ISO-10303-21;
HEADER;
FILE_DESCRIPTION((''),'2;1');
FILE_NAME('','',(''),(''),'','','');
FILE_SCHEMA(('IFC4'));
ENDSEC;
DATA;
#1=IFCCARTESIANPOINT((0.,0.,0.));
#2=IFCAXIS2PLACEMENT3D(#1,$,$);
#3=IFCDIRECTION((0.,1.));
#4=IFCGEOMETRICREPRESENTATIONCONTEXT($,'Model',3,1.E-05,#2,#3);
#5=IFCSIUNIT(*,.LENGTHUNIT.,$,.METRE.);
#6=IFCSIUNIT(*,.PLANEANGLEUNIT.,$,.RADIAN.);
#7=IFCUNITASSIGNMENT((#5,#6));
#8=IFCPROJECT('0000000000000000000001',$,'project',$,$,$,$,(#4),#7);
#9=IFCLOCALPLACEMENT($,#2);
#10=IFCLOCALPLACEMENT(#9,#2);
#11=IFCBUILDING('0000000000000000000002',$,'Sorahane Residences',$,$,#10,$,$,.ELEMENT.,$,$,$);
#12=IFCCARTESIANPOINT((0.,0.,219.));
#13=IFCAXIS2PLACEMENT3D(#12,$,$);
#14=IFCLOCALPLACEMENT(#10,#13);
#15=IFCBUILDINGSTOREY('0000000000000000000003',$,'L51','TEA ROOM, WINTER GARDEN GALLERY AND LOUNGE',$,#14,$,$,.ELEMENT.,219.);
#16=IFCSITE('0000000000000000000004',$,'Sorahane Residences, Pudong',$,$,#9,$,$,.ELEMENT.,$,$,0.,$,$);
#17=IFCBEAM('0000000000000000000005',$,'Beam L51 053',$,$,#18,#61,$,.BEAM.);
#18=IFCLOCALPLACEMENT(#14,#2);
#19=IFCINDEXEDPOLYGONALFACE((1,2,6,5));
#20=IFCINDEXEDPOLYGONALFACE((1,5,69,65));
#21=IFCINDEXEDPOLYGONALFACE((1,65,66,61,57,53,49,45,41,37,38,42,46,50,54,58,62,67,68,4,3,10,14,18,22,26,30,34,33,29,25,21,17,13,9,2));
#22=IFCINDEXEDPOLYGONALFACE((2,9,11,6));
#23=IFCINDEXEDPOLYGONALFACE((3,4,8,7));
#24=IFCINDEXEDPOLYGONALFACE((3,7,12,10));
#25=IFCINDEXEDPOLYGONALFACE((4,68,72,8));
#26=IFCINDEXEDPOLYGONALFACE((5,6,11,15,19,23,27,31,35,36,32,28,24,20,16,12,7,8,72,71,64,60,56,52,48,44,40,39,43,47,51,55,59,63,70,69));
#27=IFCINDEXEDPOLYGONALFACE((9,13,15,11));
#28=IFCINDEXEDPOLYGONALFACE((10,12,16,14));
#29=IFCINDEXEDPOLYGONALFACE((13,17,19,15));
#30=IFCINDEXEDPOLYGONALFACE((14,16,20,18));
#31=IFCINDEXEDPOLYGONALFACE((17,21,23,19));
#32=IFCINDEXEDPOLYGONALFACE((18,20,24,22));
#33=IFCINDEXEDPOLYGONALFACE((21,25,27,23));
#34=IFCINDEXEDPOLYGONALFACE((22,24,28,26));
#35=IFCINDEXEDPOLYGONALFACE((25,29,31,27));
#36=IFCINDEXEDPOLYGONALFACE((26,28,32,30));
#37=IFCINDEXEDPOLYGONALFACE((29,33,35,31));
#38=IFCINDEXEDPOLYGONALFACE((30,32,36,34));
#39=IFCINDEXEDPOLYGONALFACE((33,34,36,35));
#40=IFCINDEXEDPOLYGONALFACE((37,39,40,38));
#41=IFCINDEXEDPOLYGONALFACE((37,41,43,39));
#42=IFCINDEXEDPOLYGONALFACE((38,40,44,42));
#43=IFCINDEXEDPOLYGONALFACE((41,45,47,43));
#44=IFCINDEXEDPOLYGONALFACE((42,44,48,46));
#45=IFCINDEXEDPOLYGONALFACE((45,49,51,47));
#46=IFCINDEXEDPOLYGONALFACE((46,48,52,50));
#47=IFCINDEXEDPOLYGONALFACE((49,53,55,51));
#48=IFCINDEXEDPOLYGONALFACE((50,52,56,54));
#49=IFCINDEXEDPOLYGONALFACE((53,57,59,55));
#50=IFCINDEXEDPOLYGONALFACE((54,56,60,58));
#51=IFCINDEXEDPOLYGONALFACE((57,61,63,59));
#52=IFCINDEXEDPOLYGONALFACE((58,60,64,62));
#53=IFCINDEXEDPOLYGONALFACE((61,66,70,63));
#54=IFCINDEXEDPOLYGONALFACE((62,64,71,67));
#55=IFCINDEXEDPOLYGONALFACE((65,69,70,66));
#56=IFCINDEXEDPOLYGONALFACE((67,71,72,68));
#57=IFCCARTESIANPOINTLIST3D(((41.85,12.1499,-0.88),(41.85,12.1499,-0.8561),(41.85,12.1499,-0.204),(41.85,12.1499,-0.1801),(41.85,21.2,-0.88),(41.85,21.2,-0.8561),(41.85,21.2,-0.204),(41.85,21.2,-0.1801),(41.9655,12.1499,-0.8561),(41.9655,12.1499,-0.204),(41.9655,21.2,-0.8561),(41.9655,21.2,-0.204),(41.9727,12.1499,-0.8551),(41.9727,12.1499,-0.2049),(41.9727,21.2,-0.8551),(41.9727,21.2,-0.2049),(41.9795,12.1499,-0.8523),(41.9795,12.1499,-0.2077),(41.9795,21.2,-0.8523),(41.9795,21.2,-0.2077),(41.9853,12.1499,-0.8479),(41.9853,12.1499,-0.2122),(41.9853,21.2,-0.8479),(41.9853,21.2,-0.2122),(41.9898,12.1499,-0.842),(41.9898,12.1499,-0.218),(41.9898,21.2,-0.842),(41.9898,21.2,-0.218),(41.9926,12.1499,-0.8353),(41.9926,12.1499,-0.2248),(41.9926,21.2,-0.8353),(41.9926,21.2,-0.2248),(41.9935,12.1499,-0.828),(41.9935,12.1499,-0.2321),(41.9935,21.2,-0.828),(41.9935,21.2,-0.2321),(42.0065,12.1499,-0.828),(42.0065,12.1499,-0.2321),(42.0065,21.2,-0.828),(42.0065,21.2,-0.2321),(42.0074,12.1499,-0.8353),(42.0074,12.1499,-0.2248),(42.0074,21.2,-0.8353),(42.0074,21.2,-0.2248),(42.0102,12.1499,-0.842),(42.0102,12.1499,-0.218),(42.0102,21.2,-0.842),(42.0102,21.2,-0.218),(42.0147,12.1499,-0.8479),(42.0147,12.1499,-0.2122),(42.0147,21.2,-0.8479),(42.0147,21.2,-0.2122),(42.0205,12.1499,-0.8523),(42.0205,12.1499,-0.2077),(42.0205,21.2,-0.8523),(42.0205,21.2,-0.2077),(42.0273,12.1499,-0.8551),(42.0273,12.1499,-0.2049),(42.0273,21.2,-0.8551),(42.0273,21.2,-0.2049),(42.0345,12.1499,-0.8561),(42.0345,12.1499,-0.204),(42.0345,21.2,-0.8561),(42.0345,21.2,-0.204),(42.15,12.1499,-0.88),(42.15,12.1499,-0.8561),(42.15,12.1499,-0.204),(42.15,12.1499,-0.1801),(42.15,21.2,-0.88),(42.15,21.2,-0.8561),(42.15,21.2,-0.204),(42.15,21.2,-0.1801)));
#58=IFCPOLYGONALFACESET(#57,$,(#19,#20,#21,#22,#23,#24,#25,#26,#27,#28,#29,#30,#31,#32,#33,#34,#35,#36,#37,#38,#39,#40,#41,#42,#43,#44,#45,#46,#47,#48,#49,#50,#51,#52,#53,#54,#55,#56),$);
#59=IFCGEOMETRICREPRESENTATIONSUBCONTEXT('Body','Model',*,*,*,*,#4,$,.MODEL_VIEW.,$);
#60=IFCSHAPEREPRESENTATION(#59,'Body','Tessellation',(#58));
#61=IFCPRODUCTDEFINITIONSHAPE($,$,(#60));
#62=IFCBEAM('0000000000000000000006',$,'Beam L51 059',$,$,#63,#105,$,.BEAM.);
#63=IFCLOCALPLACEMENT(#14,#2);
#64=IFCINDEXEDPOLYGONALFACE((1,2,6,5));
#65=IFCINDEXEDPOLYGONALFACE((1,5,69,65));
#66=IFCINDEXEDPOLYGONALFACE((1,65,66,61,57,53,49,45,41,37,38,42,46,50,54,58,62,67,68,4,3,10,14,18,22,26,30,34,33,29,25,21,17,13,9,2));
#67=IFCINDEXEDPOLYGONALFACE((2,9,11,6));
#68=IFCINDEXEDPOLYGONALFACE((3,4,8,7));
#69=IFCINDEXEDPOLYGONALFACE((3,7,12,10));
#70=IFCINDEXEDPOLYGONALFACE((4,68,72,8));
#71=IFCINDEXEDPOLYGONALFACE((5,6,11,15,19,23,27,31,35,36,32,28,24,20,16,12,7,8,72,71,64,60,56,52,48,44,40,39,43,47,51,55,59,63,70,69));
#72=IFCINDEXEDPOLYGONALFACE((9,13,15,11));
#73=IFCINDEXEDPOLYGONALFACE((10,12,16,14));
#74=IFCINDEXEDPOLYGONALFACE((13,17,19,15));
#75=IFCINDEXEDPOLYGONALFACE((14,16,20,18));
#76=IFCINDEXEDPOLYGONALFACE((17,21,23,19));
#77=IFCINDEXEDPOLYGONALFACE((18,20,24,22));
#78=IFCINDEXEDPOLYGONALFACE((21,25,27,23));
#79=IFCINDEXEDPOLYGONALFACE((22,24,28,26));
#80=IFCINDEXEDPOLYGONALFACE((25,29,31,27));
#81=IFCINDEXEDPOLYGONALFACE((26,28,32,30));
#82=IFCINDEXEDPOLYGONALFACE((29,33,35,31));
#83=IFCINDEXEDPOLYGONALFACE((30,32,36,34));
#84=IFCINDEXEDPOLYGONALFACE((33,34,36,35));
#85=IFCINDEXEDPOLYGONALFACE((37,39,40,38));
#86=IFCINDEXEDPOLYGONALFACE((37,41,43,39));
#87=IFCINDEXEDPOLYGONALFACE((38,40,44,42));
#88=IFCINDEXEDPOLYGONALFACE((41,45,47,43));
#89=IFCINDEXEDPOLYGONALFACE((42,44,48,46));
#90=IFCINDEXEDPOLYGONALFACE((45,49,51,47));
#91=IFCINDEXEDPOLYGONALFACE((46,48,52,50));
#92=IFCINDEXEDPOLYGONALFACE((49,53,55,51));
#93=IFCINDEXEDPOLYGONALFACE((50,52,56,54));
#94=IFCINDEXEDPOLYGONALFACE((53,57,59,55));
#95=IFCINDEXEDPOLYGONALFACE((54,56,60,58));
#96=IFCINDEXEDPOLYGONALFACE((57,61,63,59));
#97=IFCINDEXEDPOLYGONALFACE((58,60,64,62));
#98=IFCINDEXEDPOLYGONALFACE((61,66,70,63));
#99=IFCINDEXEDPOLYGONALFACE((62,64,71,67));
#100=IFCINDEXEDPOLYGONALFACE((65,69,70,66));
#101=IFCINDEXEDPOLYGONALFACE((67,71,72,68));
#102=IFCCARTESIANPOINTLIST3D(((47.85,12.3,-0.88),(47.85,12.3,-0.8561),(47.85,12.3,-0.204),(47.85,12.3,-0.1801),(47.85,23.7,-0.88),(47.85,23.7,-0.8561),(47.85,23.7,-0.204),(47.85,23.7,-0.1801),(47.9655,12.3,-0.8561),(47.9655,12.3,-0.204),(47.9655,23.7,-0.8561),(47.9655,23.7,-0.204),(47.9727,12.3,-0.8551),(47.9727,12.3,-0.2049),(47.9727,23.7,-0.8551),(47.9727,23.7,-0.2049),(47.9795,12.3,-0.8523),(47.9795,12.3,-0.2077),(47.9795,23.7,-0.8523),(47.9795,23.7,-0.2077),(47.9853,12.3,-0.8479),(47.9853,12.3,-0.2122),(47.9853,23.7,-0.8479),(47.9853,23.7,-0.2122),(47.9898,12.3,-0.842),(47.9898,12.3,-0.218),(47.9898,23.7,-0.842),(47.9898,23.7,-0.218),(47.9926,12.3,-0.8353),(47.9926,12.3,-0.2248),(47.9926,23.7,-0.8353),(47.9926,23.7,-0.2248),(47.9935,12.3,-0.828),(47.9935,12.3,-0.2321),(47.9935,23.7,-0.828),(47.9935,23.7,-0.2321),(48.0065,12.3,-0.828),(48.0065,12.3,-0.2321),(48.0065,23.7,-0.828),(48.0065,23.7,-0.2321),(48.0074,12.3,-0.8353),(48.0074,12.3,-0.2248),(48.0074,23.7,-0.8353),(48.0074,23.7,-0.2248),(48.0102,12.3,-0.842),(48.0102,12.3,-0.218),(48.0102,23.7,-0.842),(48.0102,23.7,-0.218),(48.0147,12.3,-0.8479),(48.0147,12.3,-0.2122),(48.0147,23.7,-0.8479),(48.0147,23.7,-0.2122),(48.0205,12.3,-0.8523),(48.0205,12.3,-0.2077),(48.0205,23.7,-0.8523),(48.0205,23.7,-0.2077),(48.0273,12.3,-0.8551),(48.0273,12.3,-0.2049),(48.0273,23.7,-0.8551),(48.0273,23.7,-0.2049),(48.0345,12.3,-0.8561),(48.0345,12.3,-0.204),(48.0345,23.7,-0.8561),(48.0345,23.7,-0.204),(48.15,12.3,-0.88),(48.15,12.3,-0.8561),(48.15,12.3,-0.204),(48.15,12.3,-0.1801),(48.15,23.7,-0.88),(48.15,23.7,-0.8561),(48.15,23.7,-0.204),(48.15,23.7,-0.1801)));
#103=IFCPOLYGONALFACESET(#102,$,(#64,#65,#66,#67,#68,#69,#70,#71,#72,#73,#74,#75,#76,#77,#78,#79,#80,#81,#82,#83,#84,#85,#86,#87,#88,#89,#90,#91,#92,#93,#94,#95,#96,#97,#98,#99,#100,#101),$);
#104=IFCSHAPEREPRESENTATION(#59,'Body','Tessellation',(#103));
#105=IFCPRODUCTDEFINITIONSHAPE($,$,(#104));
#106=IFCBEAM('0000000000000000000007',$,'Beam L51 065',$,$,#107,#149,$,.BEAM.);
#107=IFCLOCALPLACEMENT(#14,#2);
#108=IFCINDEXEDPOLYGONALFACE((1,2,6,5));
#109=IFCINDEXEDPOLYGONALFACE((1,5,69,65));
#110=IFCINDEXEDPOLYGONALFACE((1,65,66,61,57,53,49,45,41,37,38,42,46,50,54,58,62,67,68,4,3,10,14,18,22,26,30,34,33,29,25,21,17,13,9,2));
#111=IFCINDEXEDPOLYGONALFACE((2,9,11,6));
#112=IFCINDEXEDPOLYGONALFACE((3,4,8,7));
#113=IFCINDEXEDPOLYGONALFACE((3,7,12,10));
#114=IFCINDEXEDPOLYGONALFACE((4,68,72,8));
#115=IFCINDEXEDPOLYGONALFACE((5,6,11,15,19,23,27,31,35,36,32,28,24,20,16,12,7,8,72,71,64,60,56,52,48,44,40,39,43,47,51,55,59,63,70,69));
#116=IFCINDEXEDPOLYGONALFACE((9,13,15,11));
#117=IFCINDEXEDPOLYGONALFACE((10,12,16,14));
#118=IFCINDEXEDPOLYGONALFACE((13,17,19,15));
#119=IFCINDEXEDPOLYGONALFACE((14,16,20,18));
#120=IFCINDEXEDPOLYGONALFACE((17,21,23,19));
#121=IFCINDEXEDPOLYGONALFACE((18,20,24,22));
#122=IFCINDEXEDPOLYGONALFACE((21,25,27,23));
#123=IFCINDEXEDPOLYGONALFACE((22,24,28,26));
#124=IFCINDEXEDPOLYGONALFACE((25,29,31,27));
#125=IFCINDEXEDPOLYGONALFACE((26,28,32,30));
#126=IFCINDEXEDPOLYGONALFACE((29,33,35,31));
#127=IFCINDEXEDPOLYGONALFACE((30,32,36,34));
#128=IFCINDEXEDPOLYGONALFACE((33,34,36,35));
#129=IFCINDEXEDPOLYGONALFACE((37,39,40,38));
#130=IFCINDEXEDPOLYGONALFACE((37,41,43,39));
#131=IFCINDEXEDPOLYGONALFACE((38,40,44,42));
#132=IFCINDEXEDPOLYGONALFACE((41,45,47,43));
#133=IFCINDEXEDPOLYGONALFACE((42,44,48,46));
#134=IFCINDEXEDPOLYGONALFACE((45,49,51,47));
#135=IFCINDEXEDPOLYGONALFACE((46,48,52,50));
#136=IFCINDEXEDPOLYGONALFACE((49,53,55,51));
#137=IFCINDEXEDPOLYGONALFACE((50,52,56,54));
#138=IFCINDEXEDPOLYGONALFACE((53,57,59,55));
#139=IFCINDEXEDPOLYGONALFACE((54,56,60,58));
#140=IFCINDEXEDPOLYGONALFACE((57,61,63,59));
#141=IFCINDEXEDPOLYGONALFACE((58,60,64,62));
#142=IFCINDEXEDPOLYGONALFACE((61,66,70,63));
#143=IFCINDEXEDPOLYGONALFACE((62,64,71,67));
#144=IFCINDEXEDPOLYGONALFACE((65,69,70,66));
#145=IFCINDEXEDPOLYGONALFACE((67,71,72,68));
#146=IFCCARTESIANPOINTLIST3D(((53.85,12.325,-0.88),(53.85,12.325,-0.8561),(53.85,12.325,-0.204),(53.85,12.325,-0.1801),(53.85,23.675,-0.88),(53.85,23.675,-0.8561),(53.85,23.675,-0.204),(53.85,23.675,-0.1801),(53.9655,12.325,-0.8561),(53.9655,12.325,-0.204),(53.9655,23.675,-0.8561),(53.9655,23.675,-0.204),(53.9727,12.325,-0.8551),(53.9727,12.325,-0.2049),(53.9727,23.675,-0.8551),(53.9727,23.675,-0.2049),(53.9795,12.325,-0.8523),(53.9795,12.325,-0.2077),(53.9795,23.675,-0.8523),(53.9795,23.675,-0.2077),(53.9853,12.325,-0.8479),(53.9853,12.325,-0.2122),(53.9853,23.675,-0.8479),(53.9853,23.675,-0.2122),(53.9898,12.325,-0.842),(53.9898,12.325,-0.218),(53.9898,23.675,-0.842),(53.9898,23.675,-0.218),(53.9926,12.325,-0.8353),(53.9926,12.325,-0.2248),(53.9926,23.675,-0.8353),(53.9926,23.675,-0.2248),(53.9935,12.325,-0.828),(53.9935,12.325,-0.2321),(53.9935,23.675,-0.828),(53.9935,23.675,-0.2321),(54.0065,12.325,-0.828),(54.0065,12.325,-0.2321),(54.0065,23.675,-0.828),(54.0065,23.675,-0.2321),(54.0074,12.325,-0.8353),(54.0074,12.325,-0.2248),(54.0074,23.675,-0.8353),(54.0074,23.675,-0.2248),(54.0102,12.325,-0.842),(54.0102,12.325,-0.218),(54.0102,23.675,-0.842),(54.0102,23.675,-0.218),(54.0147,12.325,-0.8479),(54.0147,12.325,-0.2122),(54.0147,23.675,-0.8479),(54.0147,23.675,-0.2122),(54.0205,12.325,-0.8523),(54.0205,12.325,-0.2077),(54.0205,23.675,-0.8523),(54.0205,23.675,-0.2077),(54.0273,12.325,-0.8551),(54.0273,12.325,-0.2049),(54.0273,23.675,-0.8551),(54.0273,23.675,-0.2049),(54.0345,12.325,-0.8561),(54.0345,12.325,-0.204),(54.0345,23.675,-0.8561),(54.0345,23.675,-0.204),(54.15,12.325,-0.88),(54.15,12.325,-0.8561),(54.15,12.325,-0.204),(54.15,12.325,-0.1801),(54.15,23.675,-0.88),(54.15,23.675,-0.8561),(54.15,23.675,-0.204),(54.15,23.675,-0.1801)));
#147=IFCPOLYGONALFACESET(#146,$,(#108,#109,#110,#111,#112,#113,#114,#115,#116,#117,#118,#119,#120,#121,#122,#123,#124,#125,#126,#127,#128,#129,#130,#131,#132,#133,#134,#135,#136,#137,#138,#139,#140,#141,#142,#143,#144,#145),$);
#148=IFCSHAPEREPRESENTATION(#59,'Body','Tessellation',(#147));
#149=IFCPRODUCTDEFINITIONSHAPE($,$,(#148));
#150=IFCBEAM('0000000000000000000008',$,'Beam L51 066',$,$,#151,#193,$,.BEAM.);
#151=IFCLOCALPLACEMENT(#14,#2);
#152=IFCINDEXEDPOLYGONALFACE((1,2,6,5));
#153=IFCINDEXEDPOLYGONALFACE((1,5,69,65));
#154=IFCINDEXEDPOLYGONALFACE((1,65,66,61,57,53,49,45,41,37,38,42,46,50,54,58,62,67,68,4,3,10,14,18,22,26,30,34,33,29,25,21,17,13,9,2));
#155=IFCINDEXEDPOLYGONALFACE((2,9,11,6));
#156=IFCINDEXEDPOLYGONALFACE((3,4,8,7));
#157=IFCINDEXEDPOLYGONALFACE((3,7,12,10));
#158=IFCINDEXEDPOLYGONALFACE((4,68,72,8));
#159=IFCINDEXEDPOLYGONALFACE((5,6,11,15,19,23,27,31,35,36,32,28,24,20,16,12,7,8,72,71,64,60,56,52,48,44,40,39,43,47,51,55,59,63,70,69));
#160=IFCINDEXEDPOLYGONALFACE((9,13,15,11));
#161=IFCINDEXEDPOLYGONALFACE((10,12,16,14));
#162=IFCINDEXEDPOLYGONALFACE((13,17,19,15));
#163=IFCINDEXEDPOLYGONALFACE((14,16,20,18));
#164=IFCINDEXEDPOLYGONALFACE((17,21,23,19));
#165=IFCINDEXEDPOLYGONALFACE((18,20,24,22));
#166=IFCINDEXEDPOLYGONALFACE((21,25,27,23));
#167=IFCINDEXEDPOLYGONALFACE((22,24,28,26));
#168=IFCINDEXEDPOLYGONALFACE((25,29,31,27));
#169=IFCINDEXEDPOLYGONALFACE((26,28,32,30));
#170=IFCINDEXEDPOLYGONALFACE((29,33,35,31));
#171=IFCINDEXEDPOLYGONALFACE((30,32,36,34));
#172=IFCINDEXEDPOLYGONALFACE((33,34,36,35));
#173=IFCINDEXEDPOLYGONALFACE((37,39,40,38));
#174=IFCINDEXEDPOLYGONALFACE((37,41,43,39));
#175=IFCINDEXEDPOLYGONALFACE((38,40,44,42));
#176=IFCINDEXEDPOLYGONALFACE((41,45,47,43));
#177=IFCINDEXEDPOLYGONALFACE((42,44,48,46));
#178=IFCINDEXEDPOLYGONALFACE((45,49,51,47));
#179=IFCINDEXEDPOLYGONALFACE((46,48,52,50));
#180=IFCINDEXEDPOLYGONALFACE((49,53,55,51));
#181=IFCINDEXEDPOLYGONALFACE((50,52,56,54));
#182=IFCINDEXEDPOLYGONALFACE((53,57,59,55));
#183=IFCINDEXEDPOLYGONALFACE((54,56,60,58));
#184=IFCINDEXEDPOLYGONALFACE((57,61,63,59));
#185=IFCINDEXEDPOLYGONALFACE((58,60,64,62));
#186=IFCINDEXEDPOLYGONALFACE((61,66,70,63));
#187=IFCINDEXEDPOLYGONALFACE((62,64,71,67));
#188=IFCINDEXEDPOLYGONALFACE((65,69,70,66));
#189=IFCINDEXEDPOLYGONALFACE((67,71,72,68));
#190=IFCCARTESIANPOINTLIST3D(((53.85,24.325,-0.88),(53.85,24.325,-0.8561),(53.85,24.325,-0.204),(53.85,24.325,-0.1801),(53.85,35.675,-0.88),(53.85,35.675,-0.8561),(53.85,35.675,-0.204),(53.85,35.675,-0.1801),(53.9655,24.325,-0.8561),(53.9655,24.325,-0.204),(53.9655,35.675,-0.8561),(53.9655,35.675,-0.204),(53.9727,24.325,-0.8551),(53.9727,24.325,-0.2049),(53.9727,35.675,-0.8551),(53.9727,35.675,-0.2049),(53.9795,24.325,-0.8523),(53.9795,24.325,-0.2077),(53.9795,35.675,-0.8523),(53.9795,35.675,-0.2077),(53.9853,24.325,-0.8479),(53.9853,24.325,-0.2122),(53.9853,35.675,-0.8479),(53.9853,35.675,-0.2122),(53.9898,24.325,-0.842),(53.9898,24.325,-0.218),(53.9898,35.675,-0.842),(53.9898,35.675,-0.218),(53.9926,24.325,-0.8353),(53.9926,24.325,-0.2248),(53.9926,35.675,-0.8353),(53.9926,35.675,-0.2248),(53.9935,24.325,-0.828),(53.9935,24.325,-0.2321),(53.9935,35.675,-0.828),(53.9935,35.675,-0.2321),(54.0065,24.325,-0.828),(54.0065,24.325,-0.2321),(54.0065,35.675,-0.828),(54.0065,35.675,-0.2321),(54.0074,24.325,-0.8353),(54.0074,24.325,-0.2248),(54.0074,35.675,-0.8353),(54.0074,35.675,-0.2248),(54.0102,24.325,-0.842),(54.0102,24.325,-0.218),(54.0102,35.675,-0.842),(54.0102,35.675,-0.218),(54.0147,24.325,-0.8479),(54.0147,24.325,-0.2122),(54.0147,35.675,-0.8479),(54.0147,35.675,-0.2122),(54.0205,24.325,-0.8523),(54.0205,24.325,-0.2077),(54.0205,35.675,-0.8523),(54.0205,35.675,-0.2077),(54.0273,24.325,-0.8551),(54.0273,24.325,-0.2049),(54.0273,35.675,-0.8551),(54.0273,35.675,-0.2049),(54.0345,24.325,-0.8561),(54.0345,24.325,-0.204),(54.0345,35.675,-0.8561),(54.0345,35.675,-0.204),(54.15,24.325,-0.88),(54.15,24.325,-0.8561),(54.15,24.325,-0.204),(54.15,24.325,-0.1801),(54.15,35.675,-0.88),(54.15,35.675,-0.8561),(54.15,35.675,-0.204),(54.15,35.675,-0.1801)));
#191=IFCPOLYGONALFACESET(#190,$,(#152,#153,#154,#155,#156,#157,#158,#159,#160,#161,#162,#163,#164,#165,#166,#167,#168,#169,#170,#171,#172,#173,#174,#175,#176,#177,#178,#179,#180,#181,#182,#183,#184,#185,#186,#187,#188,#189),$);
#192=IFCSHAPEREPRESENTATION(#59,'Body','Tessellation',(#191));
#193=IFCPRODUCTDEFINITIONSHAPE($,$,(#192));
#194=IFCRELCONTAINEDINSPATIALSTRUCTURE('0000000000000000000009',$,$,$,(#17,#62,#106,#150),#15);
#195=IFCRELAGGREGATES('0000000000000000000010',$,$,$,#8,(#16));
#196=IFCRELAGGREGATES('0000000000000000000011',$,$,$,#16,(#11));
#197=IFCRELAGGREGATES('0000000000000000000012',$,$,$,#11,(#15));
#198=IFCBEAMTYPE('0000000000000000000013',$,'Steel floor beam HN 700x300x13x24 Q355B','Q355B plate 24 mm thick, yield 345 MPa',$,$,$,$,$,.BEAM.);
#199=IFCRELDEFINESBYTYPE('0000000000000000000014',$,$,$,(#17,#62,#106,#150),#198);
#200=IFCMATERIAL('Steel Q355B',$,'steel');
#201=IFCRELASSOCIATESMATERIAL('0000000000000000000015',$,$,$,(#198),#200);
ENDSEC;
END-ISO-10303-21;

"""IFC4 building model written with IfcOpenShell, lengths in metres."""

from ifc_helpers import new_model, si_unit, direction, frame, origin, origin_2d, place, context, subcontext, project, spatial, i_section, extrude, material, material_profile, profile_set, type_object, element, save


model = new_model("IFC4")

# Units and contexts
model_context = context("Model", 3, precision=1e-05, world=origin(), true_north=direction((0.0, 1.0)))
body_context = subcontext(model_context, "Body", "Model", "MODEL_VIEW")
ifc_project = project(units=[si_unit("LENGTHUNIT", "METRE"), si_unit("PLANEANGLEUNIT", "RADIAN")], contexts=[model_context])

# Site, building, storey
site_placement = place(None, origin())
site = spatial("IfcSite", under=ifc_project, at=site_placement, Name="Sorahane Residences, Pudong", CompositionType="ELEMENT", RefElevation=0.0)
building_placement = place(site_placement, origin())
building = spatial("IfcBuilding", under=site, at=building_placement, Name="Sorahane Residences", CompositionType="ELEMENT")
storey_placement = place(building_placement, frame((0.0, 0.0, 219.0)))
storey = spatial("IfcBuildingStorey", under=building, at=storey_placement, Name="L51", Description="TEA ROOM, WINTER GARDEN GALLERY AND LOUNGE", CompositionType="ELEMENT", Elevation=219.0)

# Beams
ifc_material_1 = material(Name="Steel Q355B", Category="steel")
ifc_material_profile_1 = material_profile(ifc_material_1, i_section(OverallWidth=0.3, OverallDepth=0.7, WebThickness=0.0129, FlangeThickness=0.0239, FilletRadius=0.0281, at=origin_2d()), Name="HN 700x300x13x24")
ifc_profile_set_1 = profile_set([ifc_material_profile_1], Name="Steel Q355B")
beam_type_1 = type_object("IfcBeamType", Name="Steel floor beam HN 700x300x13x24 Q355B", Description="Q355B plate 24 mm thick, yield 345 MPa", PredefinedType="BEAM", material=ifc_profile_set_1)
beam_1_placement = place(storey_placement, frame((42.0, 12.1499, -0.53), z_axis=(0.0, 1.0, 0.0), x_axis=(-1.0, 0.0, 0.0)))
element("IfcBeam", 1, at=beam_1_placement, inside=storey, type_object=beam_type_1, Name="Beam L51 053", PredefinedType="BEAM", context=body_context, shape_type="SweptSolid", body=[
    extrude(i_section(OverallWidth=0.3, OverallDepth=0.7, WebThickness=0.0129, FlangeThickness=0.0239, FilletRadius=0.0281, at=origin_2d()), origin(), (0.0, 0.0, 1.0), 9.05),
])
beam_2_placement = place(storey_placement, frame((48.0, 12.3, -0.53), z_axis=(0.0, 1.0, 0.0), x_axis=(-1.0, 0.0, 0.0)))
element("IfcBeam", 2, at=beam_2_placement, inside=storey, type_object=beam_type_1, Name="Beam L51 059", PredefinedType="BEAM", context=body_context, shape_type="SweptSolid", body=[
    extrude(i_section(OverallWidth=0.3, OverallDepth=0.7, WebThickness=0.0129, FlangeThickness=0.0239, FilletRadius=0.0281, at=origin_2d()), origin(), (0.0, 0.0, 1.0), 11.3999),
])
for number, where, z_axis, x_axis, name in (
    (3, (54.0, 12.325, -0.53), (0.0, 1.0, 0.0), (-1.0, 0.0, 0.0), "Beam L51 065"),
    (4, (54.0, 24.325, -0.53), (0.0, 1.0, 0.0), (-1.0, 0.0, 0.0), "Beam L51 066"),
):
    element("IfcBeam", number, at=place(storey_placement, frame(where, z_axis=z_axis, x_axis=x_axis)), inside=storey, type_object=beam_type_1, Name=name, PredefinedType="BEAM", context=body_context, shape_type="SweptSolid", body=[
        extrude(i_section(OverallWidth=0.3, OverallDepth=0.7, WebThickness=0.0129, FlangeThickness=0.0239, FilletRadius=0.0281, at=origin_2d()), origin(), (0.0, 0.0, 1.0), 11.3501),
    ])

save(model, "model.ifc")
